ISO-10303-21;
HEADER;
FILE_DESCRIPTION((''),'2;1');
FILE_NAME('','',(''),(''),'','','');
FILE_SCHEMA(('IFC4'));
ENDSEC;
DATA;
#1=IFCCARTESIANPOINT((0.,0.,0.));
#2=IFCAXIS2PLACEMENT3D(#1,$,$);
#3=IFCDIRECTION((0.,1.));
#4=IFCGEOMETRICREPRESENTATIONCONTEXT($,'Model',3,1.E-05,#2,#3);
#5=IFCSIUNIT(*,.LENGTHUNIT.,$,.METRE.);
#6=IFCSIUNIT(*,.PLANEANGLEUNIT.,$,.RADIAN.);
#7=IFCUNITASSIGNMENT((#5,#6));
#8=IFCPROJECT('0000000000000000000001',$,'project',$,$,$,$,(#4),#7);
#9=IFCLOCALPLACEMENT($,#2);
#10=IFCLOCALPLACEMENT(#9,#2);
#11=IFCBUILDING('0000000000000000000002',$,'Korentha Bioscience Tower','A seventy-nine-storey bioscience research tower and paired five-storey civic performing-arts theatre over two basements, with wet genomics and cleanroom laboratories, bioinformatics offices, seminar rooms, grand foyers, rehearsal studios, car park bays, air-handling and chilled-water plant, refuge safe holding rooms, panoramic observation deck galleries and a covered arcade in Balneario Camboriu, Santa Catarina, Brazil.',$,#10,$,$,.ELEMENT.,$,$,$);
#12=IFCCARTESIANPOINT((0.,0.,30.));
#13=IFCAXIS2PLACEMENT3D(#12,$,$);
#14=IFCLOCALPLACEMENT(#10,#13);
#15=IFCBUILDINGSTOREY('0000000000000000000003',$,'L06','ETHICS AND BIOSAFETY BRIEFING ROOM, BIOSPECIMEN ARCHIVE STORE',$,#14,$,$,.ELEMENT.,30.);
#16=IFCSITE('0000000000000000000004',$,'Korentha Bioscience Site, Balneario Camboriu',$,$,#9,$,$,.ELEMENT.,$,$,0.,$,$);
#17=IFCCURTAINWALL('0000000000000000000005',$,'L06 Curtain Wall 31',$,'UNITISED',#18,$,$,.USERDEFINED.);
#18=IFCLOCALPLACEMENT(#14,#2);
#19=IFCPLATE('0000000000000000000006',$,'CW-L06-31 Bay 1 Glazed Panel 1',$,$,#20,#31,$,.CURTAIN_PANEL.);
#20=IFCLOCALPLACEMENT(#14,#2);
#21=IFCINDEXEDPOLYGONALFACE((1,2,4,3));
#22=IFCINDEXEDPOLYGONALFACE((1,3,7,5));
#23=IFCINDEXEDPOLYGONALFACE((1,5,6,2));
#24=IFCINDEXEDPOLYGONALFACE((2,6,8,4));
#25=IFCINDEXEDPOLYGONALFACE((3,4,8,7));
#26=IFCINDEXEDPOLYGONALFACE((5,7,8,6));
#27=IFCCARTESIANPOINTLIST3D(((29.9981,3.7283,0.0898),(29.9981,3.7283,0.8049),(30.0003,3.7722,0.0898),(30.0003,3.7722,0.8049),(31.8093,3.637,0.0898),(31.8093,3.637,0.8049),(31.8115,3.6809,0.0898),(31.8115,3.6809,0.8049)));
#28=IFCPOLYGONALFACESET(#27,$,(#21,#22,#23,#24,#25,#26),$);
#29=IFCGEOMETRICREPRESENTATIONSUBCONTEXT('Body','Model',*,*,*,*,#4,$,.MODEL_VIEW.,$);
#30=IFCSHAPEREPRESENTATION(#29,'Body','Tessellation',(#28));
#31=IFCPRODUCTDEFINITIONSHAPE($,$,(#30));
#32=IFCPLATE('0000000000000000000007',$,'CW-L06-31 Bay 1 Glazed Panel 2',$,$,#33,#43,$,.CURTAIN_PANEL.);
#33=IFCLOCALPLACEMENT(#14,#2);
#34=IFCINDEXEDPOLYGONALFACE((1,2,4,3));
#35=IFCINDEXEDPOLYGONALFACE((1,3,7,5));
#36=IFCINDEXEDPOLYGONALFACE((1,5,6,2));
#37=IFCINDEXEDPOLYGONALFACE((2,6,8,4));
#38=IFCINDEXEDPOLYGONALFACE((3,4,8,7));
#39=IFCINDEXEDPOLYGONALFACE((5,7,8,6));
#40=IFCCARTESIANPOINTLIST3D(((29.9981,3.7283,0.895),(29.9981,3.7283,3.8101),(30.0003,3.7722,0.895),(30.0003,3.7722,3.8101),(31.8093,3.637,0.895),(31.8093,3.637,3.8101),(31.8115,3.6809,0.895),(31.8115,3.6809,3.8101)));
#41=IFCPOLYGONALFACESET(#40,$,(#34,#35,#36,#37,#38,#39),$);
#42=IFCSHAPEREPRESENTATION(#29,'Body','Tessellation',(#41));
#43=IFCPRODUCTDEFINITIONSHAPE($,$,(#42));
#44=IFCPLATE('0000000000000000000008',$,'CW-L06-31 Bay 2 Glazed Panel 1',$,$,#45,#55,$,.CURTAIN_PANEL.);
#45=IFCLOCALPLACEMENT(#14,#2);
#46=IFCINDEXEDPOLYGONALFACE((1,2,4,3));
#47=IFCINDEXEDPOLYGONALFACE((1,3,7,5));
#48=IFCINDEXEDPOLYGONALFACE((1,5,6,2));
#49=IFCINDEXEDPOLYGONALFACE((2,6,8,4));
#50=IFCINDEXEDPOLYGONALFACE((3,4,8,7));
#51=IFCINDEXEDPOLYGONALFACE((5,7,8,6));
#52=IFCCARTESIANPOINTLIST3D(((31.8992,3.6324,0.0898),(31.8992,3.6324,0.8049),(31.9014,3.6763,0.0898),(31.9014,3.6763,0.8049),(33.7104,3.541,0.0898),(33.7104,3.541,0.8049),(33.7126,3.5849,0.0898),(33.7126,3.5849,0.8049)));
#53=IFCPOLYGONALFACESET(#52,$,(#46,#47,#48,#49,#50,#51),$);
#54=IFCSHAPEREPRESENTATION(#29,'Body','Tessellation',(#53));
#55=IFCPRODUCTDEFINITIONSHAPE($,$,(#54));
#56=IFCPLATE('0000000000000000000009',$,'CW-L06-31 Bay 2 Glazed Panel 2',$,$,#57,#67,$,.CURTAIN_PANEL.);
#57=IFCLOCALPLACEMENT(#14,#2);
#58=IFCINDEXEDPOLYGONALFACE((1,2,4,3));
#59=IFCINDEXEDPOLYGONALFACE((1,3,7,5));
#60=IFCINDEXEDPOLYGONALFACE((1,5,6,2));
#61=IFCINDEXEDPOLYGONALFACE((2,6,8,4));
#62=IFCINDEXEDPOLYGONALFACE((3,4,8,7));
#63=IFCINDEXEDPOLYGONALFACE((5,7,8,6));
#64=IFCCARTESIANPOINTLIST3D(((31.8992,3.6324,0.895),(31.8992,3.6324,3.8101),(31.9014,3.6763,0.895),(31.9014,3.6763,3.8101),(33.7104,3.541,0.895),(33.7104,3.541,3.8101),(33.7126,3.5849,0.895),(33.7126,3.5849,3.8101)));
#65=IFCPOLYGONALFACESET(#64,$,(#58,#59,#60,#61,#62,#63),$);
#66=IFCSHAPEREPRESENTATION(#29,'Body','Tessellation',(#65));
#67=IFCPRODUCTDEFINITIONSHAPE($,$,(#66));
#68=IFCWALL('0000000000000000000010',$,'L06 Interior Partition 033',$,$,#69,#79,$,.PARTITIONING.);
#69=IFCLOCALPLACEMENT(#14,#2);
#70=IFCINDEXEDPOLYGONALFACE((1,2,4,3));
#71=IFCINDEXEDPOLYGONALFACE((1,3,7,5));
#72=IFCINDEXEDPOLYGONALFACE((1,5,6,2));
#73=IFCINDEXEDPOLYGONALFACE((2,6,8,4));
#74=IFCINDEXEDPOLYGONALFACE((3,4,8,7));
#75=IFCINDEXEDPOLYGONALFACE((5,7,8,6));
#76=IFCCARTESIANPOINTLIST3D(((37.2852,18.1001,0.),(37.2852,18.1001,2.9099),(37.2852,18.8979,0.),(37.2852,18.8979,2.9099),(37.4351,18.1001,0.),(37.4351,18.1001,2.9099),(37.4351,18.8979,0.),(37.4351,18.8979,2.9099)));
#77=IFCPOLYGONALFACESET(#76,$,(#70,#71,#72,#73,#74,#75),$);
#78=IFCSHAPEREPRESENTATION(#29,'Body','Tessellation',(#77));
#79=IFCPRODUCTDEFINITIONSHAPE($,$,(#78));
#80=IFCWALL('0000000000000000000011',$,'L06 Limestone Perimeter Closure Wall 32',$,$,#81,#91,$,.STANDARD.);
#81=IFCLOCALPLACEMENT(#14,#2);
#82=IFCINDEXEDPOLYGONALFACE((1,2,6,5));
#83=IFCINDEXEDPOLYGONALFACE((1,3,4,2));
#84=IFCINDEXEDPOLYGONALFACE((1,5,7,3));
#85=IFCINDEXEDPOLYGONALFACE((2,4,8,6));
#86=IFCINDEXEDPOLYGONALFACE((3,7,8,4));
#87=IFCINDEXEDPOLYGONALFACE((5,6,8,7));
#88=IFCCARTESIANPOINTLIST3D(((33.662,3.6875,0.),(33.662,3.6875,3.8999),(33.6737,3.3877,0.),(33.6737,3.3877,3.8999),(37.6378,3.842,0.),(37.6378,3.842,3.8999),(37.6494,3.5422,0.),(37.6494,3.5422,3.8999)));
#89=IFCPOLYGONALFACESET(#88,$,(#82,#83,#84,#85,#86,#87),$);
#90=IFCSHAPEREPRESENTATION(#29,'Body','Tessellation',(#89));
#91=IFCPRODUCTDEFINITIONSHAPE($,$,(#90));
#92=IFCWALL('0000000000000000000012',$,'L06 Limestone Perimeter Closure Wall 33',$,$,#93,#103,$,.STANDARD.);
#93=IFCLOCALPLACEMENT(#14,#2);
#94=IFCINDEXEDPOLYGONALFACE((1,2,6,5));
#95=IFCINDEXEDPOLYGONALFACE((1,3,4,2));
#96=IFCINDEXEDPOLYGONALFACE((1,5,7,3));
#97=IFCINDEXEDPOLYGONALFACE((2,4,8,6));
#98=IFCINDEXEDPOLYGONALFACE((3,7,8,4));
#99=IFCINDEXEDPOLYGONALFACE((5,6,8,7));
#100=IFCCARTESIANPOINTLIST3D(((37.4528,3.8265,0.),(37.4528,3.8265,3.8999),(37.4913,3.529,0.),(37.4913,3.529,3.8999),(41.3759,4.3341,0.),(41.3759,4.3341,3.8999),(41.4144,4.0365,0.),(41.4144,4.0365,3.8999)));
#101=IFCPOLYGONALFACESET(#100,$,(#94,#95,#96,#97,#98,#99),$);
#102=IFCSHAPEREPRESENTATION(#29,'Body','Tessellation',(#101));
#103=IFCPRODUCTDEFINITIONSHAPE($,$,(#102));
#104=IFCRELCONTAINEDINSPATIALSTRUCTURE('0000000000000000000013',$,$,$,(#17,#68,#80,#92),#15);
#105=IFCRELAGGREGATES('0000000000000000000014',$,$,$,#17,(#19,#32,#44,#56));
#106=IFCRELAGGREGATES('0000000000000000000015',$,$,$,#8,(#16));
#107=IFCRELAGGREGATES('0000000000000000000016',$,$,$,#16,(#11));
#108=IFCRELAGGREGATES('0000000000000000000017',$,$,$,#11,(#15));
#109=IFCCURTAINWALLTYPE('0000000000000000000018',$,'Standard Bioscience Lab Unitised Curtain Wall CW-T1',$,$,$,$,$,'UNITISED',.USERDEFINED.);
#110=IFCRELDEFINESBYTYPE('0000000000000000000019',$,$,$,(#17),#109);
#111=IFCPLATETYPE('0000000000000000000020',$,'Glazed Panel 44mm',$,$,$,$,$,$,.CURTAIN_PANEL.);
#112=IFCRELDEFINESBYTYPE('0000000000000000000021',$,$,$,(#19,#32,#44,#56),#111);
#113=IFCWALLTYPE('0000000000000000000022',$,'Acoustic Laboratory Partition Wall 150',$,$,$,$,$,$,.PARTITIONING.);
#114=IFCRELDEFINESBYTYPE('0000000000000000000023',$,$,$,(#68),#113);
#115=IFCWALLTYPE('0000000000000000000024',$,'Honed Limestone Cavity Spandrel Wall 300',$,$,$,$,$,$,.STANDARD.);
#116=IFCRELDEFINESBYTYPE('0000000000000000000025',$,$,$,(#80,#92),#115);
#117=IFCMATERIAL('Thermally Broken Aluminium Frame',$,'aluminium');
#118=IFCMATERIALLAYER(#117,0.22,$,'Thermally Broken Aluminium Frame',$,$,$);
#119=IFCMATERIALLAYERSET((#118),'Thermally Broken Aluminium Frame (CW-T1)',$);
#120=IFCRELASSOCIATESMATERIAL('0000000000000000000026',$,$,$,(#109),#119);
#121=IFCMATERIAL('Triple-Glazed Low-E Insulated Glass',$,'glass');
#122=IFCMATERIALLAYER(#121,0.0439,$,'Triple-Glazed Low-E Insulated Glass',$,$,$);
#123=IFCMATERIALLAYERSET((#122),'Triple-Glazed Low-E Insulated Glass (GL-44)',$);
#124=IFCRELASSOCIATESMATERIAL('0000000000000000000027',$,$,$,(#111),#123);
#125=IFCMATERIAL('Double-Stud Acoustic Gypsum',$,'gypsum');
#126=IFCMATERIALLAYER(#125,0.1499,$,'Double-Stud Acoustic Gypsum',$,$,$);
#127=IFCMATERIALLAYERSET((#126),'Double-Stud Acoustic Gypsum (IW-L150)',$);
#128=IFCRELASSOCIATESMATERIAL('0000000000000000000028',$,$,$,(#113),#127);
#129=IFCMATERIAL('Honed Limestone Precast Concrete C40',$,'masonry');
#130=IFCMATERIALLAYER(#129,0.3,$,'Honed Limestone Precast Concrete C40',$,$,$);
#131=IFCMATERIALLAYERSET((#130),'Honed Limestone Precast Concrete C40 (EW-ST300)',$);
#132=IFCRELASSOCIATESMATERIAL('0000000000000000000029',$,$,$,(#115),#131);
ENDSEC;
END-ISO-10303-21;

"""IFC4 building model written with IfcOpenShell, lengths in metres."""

from ifc_helpers import new_model, si_unit, direction, frame, frame_2d, origin, origin_2d, place, context, subcontext, project, spatial, rectangle, extrude, material, layer, layer_set, type_object, element, aggregate, save


model = new_model("IFC4")

# Units and contexts
model_context = context("Model", 3, precision=1e-05, world=origin(), true_north=direction((0.0, 1.0)))
body_context = subcontext(model_context, "Body", "Model", "MODEL_VIEW")
ifc_project = project(units=[si_unit("LENGTHUNIT", "METRE"), si_unit("PLANEANGLEUNIT", "RADIAN")], contexts=[model_context])

# Site, building, storey
site_placement = place(None, origin())
site = spatial("IfcSite", under=ifc_project, at=site_placement, Name="Korentha Bioscience Site, Balneario Camboriu", CompositionType="ELEMENT", RefElevation=0.0)
building_placement = place(site_placement, origin())
building = spatial("IfcBuilding", under=site, at=building_placement, Name="Korentha Bioscience Tower", Description="A seventy-nine-storey bioscience research tower and paired five-storey civic performing-arts theatre over two basements, with wet genomics and cleanroom laboratories, bioinformatics offices, seminar rooms, grand foyers, rehearsal studios, car park bays, air-handling and chilled-water plant, refuge safe holding rooms, panoramic observation deck galleries and a covered arcade in Balneario Camboriu, Santa Catarina, Brazil.", CompositionType="ELEMENT")
storey_placement = place(building_placement, frame((0.0, 0.0, 30.0)))
storey = spatial("IfcBuildingStorey", under=building, at=storey_placement, Name="L06", Description="ETHICS AND BIOSAFETY BRIEFING ROOM, BIOSPECIMEN ARCHIVE STORE", CompositionType="ELEMENT", Elevation=30.0)

# Curtain wall
ifc_material_1 = material(Name="Thermally Broken Aluminium Frame", Category="aluminium")
ifc_layer_1 = layer(ifc_material_1, 0.22, Name="Thermally Broken Aluminium Frame")
ifc_layer_set_1 = layer_set([ifc_layer_1], Name="Thermally Broken Aluminium Frame (CW-T1)")
curtain_wall_type = type_object("IfcCurtainWallType", Name="Standard Bioscience Lab Unitised Curtain Wall CW-T1", ElementType="UNITISED", PredefinedType="USERDEFINED", material=ifc_layer_set_1)
curtain_wall_placement = place(storey_placement, origin())
curtain_wall = element("IfcCurtainWall", 1, at=curtain_wall_placement, inside=storey, type_object=curtain_wall_type, Name="L06 Curtain Wall 31", ObjectType="UNITISED", PredefinedType="USERDEFINED")

# Plates
ifc_material_2 = material(Name="Triple-Glazed Low-E Insulated Glass", Category="glass")
ifc_layer_2 = layer(ifc_material_2, 0.0439, Name="Triple-Glazed Low-E Insulated Glass")
ifc_layer_set_2 = layer_set([ifc_layer_2], Name="Triple-Glazed Low-E Insulated Glass (GL-44)")
plate_type = type_object("IfcPlateType", Name="Glazed Panel 44mm", PredefinedType="CURTAIN_PANEL", material=ifc_layer_set_2)
plate_1_placement = place(storey_placement, frame((30.9048, 3.7046, 0.0898), z_axis=(0.0, 0.0, 1.0), x_axis=(0.998731, -0.050371, 0.0)))
plate_1 = element("IfcPlate", 2, at=plate_1_placement, type_object=plate_type, Name="CW-L06-31 Bay 1 Glazed Panel 1", PredefinedType="CURTAIN_PANEL", context=body_context, shape_type="SweptSolid", body=[
    extrude(rectangle(XDim=1.8135, YDim=0.0439, at=origin_2d()), origin(), (0.0, 0.0, 1.0), 0.7151),
])
plate_2_placement = place(storey_placement, frame((30.9048, 3.7046, 0.895), z_axis=(0.0, 0.0, 1.0), x_axis=(0.998731, -0.050371, 0.0)))
plate_2 = element("IfcPlate", 3, at=plate_2_placement, type_object=plate_type, Name="CW-L06-31 Bay 1 Glazed Panel 2", PredefinedType="CURTAIN_PANEL", context=body_context, shape_type="SweptSolid", body=[
    extrude(rectangle(XDim=1.8135, YDim=0.0439, at=origin_2d()), origin(), (0.0, 0.0, 1.0), 2.915),
])
plate_3_placement = place(storey_placement, frame((32.8059, 3.6086, 0.0898), z_axis=(0.0, 0.0, 1.0), x_axis=(0.998731, -0.050371, 0.0)))
plate_3 = element("IfcPlate", 4, at=plate_3_placement, type_object=plate_type, Name="CW-L06-31 Bay 2 Glazed Panel 1", PredefinedType="CURTAIN_PANEL", context=body_context, shape_type="SweptSolid", body=[
    extrude(rectangle(XDim=1.8135, YDim=0.0439, at=origin_2d()), origin(), (0.0, 0.0, 1.0), 0.7151),
])
plate_4_placement = place(storey_placement, frame((32.8059, 3.6086, 0.895), z_axis=(0.0, 0.0, 1.0), x_axis=(0.998731, -0.050371, 0.0)))
plate_4 = element("IfcPlate", 5, at=plate_4_placement, type_object=plate_type, Name="CW-L06-31 Bay 2 Glazed Panel 2", PredefinedType="CURTAIN_PANEL", context=body_context, shape_type="SweptSolid", body=[
    extrude(rectangle(XDim=1.8135, YDim=0.0439, at=origin_2d()), origin(), (0.0, 0.0, 1.0), 2.915),
])
aggregate(curtain_wall, [plate_1, plate_2, plate_3, plate_4])

# Walls
ifc_material_3 = material(Name="Double-Stud Acoustic Gypsum", Category="gypsum")
ifc_layer_3 = layer(ifc_material_3, 0.1499, Name="Double-Stud Acoustic Gypsum")
ifc_layer_set_3 = layer_set([ifc_layer_3], Name="Double-Stud Acoustic Gypsum (IW-L150)")
wall_type_1 = type_object("IfcWallType", Name="Acoustic Laboratory Partition Wall 150", PredefinedType="PARTITIONING", material=ifc_layer_set_3)
wall_1_placement = place(storey_placement, frame((37.3601, 18.1001, 0.0), z_axis=(0.0, 0.0, 1.0), x_axis=(0.0, 1.0, 0.0)))
element("IfcWall", 6, at=wall_1_placement, inside=storey, type_object=wall_type_1, Name="L06 Interior Partition 033", PredefinedType="PARTITIONING", context=body_context, shape_type="SweptSolid", body=[
    extrude(rectangle(XDim=0.7979, YDim=0.1499, at=frame_2d((0.3989, 0.0))), origin(), (0.0, 0.0, 1.0), 2.9099),
])
ifc_material_4 = material(Name="Honed Limestone Precast Concrete C40", Category="masonry")
ifc_layer_4 = layer(ifc_material_4, 0.3, Name="Honed Limestone Precast Concrete C40")
ifc_layer_set_4 = layer_set([ifc_layer_4], Name="Honed Limestone Precast Concrete C40 (EW-ST300)")
wall_type_2 = type_object("IfcWallType", Name="Honed Limestone Cavity Spandrel Wall 300", PredefinedType="STANDARD", material=ifc_layer_set_4)
wall_2_placement = place(storey_placement, frame((33.668, 3.5376, 0.0), z_axis=(0.0, 0.0, 1.0), x_axis=(0.999245, 0.038841, 0.0)))
element("IfcWall", 7, at=wall_2_placement, inside=storey, type_object=wall_type_2, Name="L06 Limestone Perimeter Closure Wall 32", PredefinedType="STANDARD", context=body_context, shape_type="SweptSolid", body=[
    extrude(rectangle(XDim=3.9788, YDim=0.3, at=frame_2d((1.9893, 0.0))), origin(), (0.0, 0.0, 1.0), 3.8999),
])
wall_3_placement = place(storey_placement, frame((37.4719, 3.6777, 0.0), z_axis=(0.0, 0.0, 1.0), x_axis=(0.991734, 0.12831, 0.0)))
element("IfcWall", 8, at=wall_3_placement, inside=storey, type_object=wall_type_2, Name="L06 Limestone Perimeter Closure Wall 33", PredefinedType="STANDARD", context=body_context, shape_type="SweptSolid", body=[
    extrude(rectangle(XDim=3.9558, YDim=0.3, at=frame_2d((1.978, 0.0))), origin(), (0.0, 0.0, 1.0), 3.8999),
])

save(model, "model.ifc")
